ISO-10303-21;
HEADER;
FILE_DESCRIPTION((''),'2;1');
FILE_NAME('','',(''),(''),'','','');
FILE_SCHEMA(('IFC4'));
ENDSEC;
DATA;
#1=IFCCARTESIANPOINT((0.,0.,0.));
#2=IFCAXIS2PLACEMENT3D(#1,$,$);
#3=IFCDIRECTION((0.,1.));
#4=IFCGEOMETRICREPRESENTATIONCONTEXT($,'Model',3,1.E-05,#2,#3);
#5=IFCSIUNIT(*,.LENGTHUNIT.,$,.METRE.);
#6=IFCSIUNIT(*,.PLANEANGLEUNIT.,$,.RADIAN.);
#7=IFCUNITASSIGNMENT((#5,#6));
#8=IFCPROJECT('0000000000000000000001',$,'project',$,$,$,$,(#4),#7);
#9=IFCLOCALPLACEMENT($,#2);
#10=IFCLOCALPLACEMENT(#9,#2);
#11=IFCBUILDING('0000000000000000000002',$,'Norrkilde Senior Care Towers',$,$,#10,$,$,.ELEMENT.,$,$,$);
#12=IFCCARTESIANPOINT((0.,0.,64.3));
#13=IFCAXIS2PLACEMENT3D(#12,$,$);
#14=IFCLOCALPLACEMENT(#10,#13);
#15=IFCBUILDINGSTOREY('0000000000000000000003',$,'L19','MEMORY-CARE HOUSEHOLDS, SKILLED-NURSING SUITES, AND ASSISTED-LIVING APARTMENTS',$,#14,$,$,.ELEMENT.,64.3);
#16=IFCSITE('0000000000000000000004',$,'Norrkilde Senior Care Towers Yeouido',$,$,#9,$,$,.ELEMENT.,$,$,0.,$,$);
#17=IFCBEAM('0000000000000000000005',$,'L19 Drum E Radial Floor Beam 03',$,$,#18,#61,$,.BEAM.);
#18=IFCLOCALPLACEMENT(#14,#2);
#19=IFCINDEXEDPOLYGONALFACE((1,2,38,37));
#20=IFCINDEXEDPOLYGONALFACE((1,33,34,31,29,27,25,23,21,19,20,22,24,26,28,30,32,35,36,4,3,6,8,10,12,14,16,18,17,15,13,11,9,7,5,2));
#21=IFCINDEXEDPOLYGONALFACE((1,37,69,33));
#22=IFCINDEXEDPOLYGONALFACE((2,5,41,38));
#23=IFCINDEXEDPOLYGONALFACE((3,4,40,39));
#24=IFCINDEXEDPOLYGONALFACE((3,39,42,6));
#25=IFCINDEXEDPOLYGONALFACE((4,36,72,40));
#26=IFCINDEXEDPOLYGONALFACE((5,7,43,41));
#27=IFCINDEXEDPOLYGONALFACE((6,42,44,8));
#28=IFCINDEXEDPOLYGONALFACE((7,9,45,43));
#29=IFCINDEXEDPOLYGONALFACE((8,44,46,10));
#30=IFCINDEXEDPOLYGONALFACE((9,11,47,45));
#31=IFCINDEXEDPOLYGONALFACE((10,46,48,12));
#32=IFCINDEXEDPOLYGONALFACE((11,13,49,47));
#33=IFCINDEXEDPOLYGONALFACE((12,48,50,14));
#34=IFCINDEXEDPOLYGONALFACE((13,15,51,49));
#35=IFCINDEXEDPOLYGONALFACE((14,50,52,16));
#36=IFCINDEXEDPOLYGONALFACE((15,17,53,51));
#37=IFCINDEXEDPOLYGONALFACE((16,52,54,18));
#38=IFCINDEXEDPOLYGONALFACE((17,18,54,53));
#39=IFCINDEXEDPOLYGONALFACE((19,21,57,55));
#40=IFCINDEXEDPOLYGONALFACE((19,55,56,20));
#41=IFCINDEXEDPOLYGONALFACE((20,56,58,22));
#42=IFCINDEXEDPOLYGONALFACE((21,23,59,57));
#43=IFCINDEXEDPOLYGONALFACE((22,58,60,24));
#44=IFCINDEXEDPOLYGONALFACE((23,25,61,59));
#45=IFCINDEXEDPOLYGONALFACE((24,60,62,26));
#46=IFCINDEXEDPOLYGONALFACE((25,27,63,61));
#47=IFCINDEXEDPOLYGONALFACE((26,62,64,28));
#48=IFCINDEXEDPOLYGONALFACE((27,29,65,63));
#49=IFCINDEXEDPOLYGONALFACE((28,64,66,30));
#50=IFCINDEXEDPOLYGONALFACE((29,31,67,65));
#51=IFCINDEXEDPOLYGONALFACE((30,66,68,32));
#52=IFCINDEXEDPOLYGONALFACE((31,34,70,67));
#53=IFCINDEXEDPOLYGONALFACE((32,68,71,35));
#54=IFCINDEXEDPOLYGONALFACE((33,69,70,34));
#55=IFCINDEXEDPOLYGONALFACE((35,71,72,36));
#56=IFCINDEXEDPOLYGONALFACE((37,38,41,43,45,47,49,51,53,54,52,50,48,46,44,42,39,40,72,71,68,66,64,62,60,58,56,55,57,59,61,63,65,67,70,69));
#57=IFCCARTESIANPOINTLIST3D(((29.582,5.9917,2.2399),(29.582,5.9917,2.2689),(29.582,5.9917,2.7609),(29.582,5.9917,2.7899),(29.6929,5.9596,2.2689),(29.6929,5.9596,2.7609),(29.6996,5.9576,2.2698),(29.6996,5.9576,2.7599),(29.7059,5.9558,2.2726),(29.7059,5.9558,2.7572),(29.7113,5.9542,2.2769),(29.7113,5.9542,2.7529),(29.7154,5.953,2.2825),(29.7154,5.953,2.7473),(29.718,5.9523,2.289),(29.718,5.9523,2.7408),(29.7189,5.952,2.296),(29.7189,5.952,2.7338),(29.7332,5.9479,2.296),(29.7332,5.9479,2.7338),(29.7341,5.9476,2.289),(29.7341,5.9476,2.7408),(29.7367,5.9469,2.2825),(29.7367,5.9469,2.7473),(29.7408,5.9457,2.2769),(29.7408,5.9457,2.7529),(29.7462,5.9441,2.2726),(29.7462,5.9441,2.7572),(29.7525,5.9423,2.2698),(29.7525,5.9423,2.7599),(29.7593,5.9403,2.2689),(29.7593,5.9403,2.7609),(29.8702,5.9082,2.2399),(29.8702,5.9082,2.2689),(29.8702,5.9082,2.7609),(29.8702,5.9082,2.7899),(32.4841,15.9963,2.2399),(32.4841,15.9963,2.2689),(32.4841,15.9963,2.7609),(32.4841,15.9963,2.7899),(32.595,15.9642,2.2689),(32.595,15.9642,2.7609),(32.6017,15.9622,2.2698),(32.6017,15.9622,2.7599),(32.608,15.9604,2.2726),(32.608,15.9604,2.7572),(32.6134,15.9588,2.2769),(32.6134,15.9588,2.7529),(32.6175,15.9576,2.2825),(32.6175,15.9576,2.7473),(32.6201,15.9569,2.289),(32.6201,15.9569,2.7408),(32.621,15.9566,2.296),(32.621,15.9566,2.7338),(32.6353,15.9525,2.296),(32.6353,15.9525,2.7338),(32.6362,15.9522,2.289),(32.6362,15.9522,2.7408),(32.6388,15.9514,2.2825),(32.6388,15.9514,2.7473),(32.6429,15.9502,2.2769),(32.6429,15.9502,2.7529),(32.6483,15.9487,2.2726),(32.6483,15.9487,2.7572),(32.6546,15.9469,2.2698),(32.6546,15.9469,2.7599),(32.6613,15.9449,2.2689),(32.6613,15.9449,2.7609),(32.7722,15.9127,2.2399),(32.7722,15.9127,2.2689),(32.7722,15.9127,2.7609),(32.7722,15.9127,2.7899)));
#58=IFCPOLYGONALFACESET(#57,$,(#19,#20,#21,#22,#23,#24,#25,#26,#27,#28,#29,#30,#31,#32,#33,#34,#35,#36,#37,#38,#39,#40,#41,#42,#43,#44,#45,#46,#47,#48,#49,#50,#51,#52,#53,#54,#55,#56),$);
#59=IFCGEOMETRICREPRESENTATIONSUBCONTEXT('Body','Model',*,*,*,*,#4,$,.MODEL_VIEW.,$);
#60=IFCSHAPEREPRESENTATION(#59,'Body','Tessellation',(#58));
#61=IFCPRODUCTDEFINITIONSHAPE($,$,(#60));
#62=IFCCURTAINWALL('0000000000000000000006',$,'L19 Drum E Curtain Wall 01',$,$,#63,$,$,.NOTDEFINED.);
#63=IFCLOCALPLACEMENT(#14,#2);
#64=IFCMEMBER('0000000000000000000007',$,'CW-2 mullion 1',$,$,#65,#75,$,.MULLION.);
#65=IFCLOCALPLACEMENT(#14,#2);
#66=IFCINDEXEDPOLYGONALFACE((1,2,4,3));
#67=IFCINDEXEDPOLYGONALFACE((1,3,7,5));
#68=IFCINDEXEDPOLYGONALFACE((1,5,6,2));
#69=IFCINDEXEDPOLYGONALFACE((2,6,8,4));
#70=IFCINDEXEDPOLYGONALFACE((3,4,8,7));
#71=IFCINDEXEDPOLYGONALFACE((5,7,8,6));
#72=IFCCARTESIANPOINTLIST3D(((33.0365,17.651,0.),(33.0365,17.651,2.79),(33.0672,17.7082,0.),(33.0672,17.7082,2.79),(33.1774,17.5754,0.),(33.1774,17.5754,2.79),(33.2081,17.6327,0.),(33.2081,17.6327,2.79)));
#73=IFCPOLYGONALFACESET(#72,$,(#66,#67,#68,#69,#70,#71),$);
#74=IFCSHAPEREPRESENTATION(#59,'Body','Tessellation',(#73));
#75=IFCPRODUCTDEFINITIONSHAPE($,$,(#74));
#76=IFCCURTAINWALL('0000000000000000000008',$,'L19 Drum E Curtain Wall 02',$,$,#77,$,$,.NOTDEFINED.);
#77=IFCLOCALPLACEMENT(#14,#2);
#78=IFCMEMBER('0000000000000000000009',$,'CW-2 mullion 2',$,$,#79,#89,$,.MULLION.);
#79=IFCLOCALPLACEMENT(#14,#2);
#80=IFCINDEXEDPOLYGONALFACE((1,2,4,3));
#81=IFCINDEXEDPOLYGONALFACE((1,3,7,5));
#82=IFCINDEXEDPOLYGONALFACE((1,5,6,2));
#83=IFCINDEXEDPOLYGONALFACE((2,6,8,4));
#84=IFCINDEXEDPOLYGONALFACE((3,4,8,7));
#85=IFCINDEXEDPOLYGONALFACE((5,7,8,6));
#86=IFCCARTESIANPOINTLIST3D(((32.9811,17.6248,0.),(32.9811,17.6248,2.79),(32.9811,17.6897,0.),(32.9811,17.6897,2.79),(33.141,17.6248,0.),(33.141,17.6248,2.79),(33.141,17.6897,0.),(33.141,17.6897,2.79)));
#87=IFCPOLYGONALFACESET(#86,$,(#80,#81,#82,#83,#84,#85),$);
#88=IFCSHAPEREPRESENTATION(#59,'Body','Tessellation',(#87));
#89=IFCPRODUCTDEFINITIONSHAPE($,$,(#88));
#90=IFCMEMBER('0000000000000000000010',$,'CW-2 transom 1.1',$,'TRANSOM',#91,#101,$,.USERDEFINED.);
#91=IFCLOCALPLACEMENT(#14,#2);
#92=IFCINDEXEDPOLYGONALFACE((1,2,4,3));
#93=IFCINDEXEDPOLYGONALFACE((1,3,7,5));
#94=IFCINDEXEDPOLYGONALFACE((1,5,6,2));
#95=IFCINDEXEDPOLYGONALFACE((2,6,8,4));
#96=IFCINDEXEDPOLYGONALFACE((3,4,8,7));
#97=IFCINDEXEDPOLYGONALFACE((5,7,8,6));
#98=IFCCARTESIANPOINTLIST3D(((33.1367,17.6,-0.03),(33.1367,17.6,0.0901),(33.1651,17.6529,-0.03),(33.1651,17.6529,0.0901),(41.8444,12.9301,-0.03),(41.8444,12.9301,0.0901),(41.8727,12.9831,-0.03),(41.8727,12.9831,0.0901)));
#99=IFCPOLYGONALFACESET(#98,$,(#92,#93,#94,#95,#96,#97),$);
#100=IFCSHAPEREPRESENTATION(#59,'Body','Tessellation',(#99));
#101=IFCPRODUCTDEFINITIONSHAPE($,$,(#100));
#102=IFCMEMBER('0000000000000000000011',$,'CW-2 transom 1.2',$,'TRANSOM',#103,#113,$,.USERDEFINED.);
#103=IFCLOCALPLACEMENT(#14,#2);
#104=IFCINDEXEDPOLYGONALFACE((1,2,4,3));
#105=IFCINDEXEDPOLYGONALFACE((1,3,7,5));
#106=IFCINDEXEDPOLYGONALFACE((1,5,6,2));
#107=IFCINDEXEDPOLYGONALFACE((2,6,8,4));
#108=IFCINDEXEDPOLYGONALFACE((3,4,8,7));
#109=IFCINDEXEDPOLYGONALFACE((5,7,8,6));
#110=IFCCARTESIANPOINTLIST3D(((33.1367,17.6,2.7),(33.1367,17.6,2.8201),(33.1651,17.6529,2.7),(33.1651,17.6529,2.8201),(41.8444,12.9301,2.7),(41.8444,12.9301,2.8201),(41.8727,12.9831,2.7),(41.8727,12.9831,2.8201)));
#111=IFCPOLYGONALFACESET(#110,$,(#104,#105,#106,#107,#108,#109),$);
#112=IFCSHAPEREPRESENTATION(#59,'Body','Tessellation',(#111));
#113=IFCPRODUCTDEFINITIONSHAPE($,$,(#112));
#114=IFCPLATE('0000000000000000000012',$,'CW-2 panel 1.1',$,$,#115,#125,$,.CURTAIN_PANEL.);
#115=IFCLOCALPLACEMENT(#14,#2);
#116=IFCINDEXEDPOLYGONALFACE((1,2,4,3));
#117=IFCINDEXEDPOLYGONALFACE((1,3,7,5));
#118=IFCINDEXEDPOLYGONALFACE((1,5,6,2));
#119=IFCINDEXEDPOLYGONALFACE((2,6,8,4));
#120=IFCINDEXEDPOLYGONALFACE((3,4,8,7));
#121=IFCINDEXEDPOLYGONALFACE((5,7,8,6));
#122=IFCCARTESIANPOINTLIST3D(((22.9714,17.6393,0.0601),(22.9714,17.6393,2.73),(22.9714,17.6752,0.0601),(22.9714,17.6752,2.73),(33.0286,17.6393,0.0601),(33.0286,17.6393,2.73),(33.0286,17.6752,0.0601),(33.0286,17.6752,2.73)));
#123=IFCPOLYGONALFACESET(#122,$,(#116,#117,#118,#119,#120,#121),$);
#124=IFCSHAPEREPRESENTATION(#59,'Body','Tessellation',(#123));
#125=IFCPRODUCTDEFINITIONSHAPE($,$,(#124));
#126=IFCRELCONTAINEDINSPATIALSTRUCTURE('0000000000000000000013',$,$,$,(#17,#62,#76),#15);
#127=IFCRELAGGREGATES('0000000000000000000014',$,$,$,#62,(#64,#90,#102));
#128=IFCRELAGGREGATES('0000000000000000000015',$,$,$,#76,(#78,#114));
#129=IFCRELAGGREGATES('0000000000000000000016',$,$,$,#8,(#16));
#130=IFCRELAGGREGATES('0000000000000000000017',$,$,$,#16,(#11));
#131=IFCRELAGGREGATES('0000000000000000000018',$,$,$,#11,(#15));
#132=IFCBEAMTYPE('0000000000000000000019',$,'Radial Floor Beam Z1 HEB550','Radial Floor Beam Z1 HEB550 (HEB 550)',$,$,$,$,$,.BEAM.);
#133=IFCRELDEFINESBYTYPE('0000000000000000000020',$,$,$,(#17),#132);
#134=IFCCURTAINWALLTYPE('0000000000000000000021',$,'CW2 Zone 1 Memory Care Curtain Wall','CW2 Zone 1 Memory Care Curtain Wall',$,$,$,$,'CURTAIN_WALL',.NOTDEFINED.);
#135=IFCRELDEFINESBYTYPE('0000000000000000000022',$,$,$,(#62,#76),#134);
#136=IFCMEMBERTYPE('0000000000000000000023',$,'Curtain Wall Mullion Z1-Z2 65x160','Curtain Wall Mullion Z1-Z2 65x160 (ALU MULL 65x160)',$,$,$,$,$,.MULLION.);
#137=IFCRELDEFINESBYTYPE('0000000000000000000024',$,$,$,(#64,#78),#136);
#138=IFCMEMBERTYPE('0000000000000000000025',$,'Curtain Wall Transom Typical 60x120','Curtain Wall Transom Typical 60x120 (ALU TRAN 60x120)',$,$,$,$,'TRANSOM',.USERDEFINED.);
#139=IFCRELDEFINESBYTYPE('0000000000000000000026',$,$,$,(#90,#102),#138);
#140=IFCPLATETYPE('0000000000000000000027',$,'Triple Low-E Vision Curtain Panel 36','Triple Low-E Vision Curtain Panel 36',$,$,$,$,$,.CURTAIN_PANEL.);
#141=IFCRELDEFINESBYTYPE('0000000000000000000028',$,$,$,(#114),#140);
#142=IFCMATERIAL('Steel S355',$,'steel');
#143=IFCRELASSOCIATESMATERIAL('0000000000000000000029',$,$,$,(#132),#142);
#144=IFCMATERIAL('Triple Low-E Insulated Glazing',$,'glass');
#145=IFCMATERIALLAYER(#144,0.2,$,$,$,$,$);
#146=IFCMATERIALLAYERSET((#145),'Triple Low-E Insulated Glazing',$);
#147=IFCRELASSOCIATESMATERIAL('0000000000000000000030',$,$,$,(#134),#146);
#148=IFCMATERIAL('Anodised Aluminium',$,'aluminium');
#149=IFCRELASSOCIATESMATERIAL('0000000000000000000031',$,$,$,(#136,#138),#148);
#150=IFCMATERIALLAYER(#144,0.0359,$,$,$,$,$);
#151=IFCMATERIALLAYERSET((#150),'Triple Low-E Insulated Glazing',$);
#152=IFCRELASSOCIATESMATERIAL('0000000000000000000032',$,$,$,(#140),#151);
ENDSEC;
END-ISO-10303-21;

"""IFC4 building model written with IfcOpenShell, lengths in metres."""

from ifc_helpers import new_model, si_unit, direction, frame, origin, origin_2d, place, context, subcontext, project, spatial, rectangle, i_section, extrude, source, transform, mapped, material, layer, layer_set, material_profile, profile_set, type_object, type_shapes, element, aggregate, save


model = new_model("IFC4")

# Units and contexts
model_context = context("Model", 3, precision=1e-05, world=origin(), true_north=direction((0.0, 1.0)))
body_context = subcontext(model_context, "Body", "Model", "MODEL_VIEW")
ifc_project = project(units=[si_unit("LENGTHUNIT", "METRE"), si_unit("PLANEANGLEUNIT", "RADIAN")], contexts=[model_context])

# Site, building, storey
site_placement = place(None, origin())
site = spatial("IfcSite", under=ifc_project, at=site_placement, Name="Norrkilde Senior Care Towers Yeouido", CompositionType="ELEMENT", RefElevation=0.0)
building_placement = place(site_placement, origin())
building = spatial("IfcBuilding", under=site, at=building_placement, Name="Norrkilde Senior Care Towers", CompositionType="ELEMENT")
storey_placement = place(building_placement, frame((0.0, 0.0, 64.3)))
storey = spatial("IfcBuildingStorey", under=building, at=storey_placement, Name="L19", Description="MEMORY-CARE HOUSEHOLDS, SKILLED-NURSING SUITES, AND ASSISTED-LIVING APARTMENTS", CompositionType="ELEMENT", Elevation=64.3)

# Beam
ifc_material_1 = material(Name="Steel S355", Category="steel")
ifc_material_profile_1 = material_profile(ifc_material_1, i_section(OverallWidth=0.3, OverallDepth=0.55, WebThickness=0.0149, FlangeThickness=0.0291, FilletRadius=0.0271, at=origin_2d()), Name="HEB 550")
ifc_profile_set_1 = profile_set([ifc_material_profile_1], Name="Steel S355")
beam_type_1 = type_object("IfcBeamType", Name="Radial Floor Beam Z1 HEB550", Description="Radial Floor Beam Z1 HEB550 (HEB 550)", PredefinedType="BEAM", material=ifc_profile_set_1)
shared_shape_1 = source(origin(), body_context, "Body", "SweptSolid", [
    extrude(i_section(OverallWidth=0.3, OverallDepth=0.55, WebThickness=0.0149, FlangeThickness=0.0291, FilletRadius=0.0271, at=origin_2d()), origin(), (0.0, 0.0, 1.0), 10.417),
])
beam_1_placement = place(storey_placement, frame((29.7261, 5.95, 2.5149), z_axis=(0.278591, 0.96041, 0.0), x_axis=(-0.96041, 0.278591, 0.0)))
element("IfcBeam", 1, at=beam_1_placement, inside=storey, type_object=beam_type_1, Name="L19 Drum E Radial Floor Beam 03", PredefinedType="BEAM", context=body_context, shape_type="MappedRepresentation", body=[
    mapped(shared_shape_1, transform((0.0, 0.0, 0.0), x_axis=(1.0, 0.0, 0.0), y_axis=(0.0, 1.0, 0.0), z_axis=(0.0, 0.0, 1.0), scale=1.0)),
])

# Curtain walls, members
ifc_material_2 = material(Name="Triple Low-E Insulated Glazing", Category="glass")
ifc_layer_1 = layer(ifc_material_2, 0.2)
ifc_layer_set_1 = layer_set([ifc_layer_1], Name="Triple Low-E Insulated Glazing")
curtain_wall_type = type_object("IfcCurtainWallType", Name="CW2 Zone 1 Memory Care Curtain Wall", Description="CW2 Zone 1 Memory Care Curtain Wall", ElementType="CURTAIN_WALL", PredefinedType="NOTDEFINED", material=ifc_layer_set_1)
curtain_wall_1_placement = place(storey_placement, origin())
curtain_wall_1 = element("IfcCurtainWall", 2, at=curtain_wall_1_placement, inside=storey, type_object=curtain_wall_type, Name="L19 Drum E Curtain Wall 01", PredefinedType="NOTDEFINED")
ifc_material_3 = material(Name="Anodised Aluminium", Category="aluminium")
ifc_material_profile_2 = material_profile(ifc_material_3, rectangle(XDim=0.0649, YDim=0.1599, at=origin_2d()), Name="ALU MULL 65x160")
ifc_profile_set_2 = profile_set([ifc_material_profile_2], Name="Anodised Aluminium")
member_type_1 = type_object("IfcMemberType", Name="Curtain Wall Mullion Z1-Z2 65x160", Description="Curtain Wall Mullion Z1-Z2 65x160 (ALU MULL 65x160)", PredefinedType="MULLION", material=ifc_profile_set_2)
shared_shape_2 = source(origin(), body_context, "Body", "SweptSolid", [
    extrude(rectangle(XDim=0.0649, YDim=0.1599, at=origin_2d()), origin(), (0.0, 0.0, 1.0), 2.79),
])
type_shapes(member_type_1, [shared_shape_2])
member_1_placement = place(storey_placement, frame((33.1223, 17.6418, 0.0), z_axis=(0.0, 0.0, 1.0), x_axis=(0.472608, 0.881273, 0.0)))
member_1 = element("IfcMember", 3, at=member_1_placement, type_object=member_type_1, Name="CW-2 mullion 1", PredefinedType="MULLION", context=body_context, shape_type="MappedRepresentation", body=[
    mapped(shared_shape_2, transform((0.0, 0.0, 0.0), x_axis=(1.0, 0.0, 0.0), y_axis=(0.0, 1.0, 0.0), z_axis=(0.0, 0.0, 1.0), scale=1.0)),
])
curtain_wall_2_placement = place(storey_placement, origin())
curtain_wall_2 = element("IfcCurtainWall", 4, at=curtain_wall_2_placement, inside=storey, type_object=curtain_wall_type, Name="L19 Drum E Curtain Wall 02", PredefinedType="NOTDEFINED")
member_2_placement = place(storey_placement, frame((33.061, 17.6572, 0.0), z_axis=(0.0, 0.0, 1.0), x_axis=(0.0, 1.0, 0.0)))
member_2 = element("IfcMember", 5, at=member_2_placement, type_object=member_type_1, Name="CW-2 mullion 2", PredefinedType="MULLION", context=body_context, shape_type="MappedRepresentation", body=[
    mapped(shared_shape_2, transform((0.0, 0.0, 0.0), x_axis=(1.0, 0.0, 0.0), y_axis=(0.0, 1.0, 0.0), z_axis=(0.0, 0.0, 1.0), scale=1.0)),
])

# Members
ifc_material_profile_3 = material_profile(ifc_material_3, rectangle(XDim=0.0601, YDim=0.1201, at=origin_2d()), Name="ALU TRAN 60x120")
ifc_profile_set_3 = profile_set([ifc_material_profile_3], Name="Anodised Aluminium")
member_type_2 = type_object("IfcMemberType", Name="Curtain Wall Transom Typical 60x120", Description="Curtain Wall Transom Typical 60x120 (ALU TRAN 60x120)", ElementType="TRANSOM", PredefinedType="USERDEFINED", material=ifc_profile_set_3)
shared_shape_3 = source(origin(), body_context, "Body", "SweptSolid", [
    extrude(rectangle(XDim=0.0601, YDim=0.1201, at=origin_2d()), origin(), (0.0, 0.0, 1.0), 9.8809),
])
type_shapes(member_type_2, [shared_shape_3])
member_3_placement = place(storey_placement, frame((33.1509, 17.6265, 0.03), z_axis=(0.881267, -0.472618, 0.0), x_axis=(0.472618, 0.881267, 0.0)))
member_3 = element("IfcMember", 6, at=member_3_placement, type_object=member_type_2, Name="CW-2 transom 1.1", ObjectType="TRANSOM", PredefinedType="USERDEFINED", context=body_context, shape_type="MappedRepresentation", body=[
    mapped(shared_shape_3, transform((0.0, 0.0, 0.0), x_axis=(1.0, 0.0, 0.0), y_axis=(0.0, 1.0, 0.0), z_axis=(0.0, 0.0, 1.0), scale=1.0)),
])
member_4_placement = place(storey_placement, frame((33.1509, 17.6265, 2.76), z_axis=(0.881267, -0.472618, 0.0), x_axis=(0.472618, 0.881267, 0.0)))
member_4 = element("IfcMember", 7, at=member_4_placement, type_object=member_type_2, Name="CW-2 transom 1.2", ObjectType="TRANSOM", PredefinedType="USERDEFINED", context=body_context, shape_type="MappedRepresentation", body=[
    mapped(shared_shape_3, transform((0.0, 0.0, 0.0), x_axis=(1.0, 0.0, 0.0), y_axis=(0.0, 1.0, 0.0), z_axis=(0.0, 0.0, 1.0), scale=1.0)),
])
aggregate(curtain_wall_1, [member_1, member_3, member_4])

# Plate
ifc_layer_2 = layer(ifc_material_2, 0.0359)
ifc_layer_set_2 = layer_set([ifc_layer_2], Name="Triple Low-E Insulated Glazing")
plate_type = type_object("IfcPlateType", Name="Triple Low-E Vision Curtain Panel 36", Description="Triple Low-E Vision Curtain Panel 36", PredefinedType="CURTAIN_PANEL", material=ifc_layer_set_2)
shared_shape_4 = source(origin(), body_context, "Body", "SweptSolid", [
    extrude(rectangle(XDim=10.0571, YDim=0.0359, at=origin_2d()), origin(), (0.0, 0.0, 1.0), 2.6699),
])
type_shapes(plate_type, [shared_shape_4])
plate_placement = place(storey_placement, frame((28.0, 17.6572, 0.0601), z_axis=(0.0, 0.0, 1.0), x_axis=(1.0, 0.0, 0.0)))
plate = element("IfcPlate", 8, at=plate_placement, type_object=plate_type, Name="CW-2 panel 1.1", PredefinedType="CURTAIN_PANEL", context=body_context, shape_type="MappedRepresentation", body=[
    mapped(shared_shape_4, transform((0.0, 0.0, 0.0), x_axis=(1.0, 0.0, 0.0), y_axis=(0.0, 1.0, 0.0), z_axis=(0.0, 0.0, 1.0), scale=1.0)),
])
aggregate(curtain_wall_2, [member_2, plate])

save(model, "model.ifc")
